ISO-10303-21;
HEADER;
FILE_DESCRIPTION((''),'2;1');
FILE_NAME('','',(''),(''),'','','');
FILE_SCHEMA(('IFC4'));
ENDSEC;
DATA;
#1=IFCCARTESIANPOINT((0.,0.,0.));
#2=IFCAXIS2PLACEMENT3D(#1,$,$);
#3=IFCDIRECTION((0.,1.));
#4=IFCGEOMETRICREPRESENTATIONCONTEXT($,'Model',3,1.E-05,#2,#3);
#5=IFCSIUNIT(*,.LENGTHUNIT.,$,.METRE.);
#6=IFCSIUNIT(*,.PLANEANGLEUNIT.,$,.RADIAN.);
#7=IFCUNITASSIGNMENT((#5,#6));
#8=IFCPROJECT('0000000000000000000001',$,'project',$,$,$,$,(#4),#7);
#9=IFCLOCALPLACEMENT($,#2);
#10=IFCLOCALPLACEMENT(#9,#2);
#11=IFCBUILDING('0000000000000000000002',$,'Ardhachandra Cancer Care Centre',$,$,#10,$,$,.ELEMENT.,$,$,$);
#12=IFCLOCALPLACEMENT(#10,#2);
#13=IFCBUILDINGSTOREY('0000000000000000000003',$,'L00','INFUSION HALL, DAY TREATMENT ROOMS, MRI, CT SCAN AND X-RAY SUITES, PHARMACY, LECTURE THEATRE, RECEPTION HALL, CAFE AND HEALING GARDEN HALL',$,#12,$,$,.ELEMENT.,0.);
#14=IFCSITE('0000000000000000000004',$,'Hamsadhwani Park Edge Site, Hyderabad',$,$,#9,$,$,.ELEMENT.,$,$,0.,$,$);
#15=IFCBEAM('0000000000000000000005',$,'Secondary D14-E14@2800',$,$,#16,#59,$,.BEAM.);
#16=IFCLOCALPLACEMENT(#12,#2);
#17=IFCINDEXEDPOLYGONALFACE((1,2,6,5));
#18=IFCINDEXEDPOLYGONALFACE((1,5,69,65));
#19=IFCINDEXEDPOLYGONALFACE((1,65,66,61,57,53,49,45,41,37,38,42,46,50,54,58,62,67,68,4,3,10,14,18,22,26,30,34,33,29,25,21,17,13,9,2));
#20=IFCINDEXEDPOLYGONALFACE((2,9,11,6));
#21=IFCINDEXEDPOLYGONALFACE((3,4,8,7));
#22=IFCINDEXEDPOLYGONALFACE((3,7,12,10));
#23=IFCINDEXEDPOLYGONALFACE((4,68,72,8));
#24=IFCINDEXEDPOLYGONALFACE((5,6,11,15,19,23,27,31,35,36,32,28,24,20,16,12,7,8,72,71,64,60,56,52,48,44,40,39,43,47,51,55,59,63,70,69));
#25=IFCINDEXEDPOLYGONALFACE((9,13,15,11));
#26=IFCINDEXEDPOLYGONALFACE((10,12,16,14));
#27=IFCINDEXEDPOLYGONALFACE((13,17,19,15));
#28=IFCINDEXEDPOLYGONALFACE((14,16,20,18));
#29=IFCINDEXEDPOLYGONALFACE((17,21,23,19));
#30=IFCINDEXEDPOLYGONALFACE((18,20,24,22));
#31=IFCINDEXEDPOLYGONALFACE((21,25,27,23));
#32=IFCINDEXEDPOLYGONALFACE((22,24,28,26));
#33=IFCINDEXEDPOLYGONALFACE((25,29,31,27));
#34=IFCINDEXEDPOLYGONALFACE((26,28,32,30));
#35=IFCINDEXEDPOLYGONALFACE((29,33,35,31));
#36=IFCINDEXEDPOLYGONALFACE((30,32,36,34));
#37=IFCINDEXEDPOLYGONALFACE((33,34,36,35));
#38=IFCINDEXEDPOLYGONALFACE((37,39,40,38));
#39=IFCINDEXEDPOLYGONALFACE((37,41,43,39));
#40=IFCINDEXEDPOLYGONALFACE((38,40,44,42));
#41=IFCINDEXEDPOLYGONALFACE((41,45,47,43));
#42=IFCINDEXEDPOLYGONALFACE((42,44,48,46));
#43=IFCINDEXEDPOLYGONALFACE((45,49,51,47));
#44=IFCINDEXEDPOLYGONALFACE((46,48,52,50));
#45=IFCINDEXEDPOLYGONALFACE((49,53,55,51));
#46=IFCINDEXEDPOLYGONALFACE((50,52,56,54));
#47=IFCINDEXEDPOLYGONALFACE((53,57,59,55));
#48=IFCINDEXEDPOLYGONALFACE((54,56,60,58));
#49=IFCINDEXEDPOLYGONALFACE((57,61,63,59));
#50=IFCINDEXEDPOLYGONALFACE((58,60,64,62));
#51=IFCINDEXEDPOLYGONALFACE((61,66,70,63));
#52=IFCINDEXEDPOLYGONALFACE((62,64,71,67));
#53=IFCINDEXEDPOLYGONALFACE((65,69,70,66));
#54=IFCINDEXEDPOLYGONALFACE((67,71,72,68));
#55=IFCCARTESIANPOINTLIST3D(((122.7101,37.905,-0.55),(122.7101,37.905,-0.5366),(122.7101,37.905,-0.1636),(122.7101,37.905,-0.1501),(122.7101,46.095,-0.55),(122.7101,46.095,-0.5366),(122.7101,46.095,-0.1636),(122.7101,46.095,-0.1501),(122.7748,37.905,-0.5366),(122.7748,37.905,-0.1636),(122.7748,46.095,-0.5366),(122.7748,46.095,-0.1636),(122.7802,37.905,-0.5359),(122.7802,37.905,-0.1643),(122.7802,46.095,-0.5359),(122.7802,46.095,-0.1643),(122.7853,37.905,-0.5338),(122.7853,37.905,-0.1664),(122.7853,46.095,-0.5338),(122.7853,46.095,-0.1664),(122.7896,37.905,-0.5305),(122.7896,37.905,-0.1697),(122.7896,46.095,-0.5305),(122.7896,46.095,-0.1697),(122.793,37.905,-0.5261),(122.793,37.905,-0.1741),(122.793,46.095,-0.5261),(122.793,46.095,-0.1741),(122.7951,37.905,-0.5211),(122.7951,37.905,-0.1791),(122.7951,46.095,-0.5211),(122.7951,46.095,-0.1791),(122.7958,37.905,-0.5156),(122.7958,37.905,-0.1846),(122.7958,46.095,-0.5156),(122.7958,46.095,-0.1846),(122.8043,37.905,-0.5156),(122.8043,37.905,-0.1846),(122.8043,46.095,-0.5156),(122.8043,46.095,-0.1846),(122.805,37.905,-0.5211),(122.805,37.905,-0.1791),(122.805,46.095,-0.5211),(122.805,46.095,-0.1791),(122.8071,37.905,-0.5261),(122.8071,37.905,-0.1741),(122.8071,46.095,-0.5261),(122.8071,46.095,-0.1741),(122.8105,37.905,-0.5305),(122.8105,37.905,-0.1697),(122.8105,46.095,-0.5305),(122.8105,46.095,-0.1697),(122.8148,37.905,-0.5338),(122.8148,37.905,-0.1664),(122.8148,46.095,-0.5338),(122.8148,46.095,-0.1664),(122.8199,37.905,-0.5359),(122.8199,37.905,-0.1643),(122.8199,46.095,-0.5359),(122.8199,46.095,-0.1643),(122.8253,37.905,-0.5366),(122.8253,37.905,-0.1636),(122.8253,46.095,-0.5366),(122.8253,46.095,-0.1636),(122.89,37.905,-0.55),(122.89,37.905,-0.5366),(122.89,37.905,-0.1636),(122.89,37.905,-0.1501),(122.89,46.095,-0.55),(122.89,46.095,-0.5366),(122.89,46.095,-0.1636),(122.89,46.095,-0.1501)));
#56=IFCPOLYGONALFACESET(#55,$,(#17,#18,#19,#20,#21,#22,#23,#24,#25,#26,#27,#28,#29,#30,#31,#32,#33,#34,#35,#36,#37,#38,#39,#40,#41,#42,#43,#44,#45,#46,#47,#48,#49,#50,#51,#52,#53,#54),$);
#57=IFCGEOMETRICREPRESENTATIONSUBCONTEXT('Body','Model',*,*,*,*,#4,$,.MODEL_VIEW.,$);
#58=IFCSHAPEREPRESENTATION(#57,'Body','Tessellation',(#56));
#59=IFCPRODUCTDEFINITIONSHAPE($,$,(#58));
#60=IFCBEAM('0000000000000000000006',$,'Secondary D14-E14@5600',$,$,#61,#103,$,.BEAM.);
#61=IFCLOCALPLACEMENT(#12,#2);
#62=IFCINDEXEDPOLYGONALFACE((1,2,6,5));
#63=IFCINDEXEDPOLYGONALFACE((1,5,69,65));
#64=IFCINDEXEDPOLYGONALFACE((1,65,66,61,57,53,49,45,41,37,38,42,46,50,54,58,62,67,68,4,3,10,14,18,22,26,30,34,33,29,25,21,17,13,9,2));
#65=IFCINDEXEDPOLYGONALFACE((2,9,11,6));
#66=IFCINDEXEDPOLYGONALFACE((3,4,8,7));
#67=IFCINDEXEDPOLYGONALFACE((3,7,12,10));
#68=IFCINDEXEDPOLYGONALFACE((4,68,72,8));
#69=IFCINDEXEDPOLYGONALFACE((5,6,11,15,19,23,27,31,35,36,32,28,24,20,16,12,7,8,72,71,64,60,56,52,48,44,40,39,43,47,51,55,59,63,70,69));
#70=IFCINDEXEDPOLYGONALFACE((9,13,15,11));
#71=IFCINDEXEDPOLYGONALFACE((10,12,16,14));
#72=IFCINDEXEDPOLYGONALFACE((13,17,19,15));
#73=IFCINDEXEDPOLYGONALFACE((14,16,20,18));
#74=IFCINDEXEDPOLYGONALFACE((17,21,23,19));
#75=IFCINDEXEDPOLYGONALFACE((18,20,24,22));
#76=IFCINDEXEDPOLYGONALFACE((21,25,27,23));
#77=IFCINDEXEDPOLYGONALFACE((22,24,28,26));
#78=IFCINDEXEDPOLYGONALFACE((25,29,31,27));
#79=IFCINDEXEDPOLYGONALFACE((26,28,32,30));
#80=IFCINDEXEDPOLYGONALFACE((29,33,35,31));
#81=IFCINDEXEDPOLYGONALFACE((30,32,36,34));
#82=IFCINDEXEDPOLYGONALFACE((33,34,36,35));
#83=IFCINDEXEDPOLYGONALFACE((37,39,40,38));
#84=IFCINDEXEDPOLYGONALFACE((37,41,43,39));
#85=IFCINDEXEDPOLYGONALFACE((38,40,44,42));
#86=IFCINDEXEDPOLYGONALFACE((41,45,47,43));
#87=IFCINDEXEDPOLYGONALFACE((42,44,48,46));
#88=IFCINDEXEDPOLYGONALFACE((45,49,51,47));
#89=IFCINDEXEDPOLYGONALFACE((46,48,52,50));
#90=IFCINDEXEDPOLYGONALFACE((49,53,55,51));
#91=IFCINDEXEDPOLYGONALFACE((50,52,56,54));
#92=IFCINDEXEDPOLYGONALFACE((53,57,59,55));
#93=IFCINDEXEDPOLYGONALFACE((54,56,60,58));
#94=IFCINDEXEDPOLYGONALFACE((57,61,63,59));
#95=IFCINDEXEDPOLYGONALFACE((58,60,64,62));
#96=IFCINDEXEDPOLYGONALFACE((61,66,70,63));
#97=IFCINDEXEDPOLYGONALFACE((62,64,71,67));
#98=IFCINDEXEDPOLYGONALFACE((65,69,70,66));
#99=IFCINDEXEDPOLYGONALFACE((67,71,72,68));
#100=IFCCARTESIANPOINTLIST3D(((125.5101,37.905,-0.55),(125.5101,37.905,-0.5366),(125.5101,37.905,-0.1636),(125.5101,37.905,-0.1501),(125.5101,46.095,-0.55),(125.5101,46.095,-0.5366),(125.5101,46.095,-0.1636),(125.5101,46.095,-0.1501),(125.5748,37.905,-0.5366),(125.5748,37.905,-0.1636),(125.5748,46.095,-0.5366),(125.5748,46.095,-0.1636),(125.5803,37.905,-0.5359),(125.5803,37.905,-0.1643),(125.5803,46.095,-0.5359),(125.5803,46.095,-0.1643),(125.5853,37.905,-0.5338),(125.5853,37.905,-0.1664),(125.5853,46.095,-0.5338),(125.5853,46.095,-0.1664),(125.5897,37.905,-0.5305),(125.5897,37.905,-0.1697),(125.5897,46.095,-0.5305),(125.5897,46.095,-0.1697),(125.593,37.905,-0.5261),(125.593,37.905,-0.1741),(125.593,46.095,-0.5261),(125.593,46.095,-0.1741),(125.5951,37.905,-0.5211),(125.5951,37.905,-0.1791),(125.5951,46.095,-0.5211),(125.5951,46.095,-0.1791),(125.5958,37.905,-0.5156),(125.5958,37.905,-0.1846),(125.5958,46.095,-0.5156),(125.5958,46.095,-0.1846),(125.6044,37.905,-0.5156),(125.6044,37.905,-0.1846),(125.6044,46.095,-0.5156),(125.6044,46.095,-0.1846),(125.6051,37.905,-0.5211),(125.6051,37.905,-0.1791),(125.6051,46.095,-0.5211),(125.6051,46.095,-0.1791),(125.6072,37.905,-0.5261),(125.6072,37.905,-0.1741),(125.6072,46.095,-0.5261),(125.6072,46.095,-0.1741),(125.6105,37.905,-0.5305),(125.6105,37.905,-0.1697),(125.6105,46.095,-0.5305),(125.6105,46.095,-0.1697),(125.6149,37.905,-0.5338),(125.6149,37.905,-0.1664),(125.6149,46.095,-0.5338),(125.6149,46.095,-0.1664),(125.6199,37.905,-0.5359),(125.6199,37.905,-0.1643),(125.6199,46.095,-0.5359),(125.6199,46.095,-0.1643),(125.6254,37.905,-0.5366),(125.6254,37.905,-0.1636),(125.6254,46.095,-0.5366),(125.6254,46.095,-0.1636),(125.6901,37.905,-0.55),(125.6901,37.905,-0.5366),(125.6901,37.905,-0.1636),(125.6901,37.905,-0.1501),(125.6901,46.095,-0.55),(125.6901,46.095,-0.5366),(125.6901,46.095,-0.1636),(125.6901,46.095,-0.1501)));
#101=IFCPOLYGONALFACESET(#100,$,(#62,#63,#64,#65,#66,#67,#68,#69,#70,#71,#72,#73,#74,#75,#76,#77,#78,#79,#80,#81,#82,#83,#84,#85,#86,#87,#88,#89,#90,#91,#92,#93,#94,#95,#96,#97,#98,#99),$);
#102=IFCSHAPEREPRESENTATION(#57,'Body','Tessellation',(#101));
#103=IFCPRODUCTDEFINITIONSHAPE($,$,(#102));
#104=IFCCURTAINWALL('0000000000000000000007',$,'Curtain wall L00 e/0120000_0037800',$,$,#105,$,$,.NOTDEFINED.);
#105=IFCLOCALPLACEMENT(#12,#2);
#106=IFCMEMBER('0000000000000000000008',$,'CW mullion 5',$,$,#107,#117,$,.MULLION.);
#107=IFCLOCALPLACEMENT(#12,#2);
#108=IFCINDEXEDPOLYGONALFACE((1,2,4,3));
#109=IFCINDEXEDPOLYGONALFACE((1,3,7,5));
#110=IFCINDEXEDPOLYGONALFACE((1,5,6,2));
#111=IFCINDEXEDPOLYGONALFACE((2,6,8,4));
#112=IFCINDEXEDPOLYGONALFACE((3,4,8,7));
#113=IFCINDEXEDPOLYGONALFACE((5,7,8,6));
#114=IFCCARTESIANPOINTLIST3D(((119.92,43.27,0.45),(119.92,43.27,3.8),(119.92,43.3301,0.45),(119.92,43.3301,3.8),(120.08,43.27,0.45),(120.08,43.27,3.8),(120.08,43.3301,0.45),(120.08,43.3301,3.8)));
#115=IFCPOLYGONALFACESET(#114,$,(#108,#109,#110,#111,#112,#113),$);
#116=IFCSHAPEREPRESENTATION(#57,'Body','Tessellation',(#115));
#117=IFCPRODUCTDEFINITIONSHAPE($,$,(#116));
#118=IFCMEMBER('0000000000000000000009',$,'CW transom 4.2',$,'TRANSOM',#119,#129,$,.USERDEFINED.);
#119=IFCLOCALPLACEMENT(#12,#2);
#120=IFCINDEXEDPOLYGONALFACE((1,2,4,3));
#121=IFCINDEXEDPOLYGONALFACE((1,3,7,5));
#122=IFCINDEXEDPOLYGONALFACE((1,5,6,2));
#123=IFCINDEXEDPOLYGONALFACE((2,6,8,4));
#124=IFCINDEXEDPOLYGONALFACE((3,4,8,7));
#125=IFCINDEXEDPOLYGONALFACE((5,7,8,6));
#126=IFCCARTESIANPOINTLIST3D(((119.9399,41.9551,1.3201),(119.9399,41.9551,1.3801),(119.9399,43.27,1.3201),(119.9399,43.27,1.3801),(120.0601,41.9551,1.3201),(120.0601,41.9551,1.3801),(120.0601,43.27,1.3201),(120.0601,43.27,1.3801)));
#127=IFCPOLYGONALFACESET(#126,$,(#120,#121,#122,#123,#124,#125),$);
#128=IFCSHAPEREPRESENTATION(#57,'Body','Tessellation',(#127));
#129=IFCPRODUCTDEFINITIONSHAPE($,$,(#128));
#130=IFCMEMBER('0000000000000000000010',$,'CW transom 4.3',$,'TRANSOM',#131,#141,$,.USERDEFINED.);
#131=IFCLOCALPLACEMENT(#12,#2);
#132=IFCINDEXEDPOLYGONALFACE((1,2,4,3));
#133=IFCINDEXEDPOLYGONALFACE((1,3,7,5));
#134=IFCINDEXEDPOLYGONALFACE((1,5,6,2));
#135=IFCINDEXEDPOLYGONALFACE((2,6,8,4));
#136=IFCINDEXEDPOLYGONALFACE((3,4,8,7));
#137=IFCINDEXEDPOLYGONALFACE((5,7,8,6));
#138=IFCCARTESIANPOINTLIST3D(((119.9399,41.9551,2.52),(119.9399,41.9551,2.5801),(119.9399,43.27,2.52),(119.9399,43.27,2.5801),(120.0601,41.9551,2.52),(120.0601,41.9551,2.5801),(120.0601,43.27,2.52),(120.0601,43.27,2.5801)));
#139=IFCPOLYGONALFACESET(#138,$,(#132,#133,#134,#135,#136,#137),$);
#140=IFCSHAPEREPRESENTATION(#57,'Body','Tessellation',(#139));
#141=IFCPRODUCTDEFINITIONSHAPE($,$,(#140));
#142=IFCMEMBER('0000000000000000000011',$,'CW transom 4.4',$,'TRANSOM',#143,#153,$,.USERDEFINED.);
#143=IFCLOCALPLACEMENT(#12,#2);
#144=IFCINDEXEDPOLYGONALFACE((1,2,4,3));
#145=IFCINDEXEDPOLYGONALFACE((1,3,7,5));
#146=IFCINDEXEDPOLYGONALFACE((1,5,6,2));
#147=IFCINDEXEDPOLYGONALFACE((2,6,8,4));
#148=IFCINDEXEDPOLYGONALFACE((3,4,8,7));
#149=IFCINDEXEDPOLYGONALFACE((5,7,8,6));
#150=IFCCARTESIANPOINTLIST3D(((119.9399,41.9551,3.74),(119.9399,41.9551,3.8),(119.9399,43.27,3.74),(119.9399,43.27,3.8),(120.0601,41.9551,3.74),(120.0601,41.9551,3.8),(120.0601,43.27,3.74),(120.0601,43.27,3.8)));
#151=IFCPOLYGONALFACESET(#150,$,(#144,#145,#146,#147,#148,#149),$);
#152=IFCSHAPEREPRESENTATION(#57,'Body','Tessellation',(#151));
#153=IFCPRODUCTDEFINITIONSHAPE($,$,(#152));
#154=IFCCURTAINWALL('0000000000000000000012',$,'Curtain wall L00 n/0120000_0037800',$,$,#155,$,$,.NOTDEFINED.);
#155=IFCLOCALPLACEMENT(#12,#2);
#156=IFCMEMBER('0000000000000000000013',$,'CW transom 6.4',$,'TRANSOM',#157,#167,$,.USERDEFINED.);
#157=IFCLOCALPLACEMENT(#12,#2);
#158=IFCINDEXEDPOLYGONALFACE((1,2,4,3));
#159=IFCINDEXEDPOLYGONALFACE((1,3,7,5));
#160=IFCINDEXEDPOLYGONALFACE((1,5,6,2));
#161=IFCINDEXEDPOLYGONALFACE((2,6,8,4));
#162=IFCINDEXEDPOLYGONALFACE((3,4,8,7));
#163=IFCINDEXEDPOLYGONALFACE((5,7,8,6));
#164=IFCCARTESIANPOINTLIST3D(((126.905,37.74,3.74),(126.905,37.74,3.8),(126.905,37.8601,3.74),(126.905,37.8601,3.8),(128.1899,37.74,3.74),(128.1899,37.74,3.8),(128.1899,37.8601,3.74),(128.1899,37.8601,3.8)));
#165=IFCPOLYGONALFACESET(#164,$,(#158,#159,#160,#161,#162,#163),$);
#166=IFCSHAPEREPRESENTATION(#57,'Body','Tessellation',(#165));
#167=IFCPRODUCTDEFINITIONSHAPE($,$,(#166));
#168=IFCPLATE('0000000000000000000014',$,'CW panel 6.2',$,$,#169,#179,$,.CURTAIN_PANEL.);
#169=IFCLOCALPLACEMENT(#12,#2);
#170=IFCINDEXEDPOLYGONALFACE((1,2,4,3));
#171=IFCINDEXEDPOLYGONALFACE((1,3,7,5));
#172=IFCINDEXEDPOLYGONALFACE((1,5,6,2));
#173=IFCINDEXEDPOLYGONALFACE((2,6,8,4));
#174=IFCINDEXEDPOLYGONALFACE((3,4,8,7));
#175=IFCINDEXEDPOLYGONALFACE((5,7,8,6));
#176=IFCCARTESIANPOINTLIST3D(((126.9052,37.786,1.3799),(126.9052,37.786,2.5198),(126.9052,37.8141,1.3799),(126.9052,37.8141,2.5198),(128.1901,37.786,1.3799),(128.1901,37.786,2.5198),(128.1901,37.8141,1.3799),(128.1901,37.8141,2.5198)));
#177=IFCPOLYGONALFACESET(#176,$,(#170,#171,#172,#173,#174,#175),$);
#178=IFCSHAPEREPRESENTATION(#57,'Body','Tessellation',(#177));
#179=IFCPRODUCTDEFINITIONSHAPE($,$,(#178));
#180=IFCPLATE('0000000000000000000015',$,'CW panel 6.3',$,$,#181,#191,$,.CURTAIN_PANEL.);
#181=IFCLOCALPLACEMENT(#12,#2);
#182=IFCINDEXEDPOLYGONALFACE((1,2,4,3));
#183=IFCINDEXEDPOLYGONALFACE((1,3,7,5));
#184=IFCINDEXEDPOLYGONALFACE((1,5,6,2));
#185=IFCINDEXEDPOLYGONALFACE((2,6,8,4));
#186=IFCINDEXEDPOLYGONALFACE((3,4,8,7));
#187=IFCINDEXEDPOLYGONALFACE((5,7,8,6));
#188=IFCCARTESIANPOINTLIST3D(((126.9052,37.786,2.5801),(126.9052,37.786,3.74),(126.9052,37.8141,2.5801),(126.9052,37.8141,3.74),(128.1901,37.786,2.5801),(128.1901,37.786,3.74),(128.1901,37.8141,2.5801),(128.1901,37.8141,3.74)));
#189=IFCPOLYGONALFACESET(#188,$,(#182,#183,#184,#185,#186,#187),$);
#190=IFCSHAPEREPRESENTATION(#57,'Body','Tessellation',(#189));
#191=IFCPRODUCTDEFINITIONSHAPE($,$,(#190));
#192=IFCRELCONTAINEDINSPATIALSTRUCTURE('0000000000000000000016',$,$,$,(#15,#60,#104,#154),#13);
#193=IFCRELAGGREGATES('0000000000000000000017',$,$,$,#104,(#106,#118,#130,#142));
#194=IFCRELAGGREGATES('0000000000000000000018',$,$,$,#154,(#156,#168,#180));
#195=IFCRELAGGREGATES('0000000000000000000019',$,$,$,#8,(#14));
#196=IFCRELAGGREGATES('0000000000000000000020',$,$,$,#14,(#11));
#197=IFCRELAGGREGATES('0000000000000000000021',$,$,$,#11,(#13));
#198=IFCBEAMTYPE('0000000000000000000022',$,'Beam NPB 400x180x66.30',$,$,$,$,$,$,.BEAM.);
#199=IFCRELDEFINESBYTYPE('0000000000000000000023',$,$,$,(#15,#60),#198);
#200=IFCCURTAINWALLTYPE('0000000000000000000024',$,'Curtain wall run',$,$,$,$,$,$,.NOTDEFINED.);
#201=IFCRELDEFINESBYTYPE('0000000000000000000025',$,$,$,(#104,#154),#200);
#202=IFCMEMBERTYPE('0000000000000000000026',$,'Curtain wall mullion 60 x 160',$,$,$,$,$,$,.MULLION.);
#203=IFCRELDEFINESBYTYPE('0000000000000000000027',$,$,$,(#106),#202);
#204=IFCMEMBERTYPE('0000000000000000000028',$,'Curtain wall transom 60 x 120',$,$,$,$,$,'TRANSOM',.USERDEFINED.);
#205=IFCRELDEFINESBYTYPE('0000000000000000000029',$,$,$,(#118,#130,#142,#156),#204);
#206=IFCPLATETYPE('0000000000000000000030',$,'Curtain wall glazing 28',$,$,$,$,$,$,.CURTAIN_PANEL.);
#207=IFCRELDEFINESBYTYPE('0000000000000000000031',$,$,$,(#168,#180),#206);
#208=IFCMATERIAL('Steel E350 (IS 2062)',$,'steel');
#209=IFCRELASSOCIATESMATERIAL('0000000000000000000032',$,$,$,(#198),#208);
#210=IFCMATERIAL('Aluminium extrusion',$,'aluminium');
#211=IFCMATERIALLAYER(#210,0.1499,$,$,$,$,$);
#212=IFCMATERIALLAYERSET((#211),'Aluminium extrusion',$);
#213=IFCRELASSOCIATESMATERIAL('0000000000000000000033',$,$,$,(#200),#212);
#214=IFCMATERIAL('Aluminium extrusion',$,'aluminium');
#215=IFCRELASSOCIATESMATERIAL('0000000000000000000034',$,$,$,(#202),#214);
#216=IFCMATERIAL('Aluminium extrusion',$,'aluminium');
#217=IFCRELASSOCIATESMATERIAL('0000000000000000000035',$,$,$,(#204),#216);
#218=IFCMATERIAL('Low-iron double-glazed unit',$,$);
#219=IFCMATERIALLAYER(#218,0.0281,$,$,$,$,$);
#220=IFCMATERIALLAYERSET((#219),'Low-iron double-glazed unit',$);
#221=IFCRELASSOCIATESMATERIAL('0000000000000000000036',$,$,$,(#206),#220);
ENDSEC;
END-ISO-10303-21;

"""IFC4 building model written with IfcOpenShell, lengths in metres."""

from ifc_helpers import new_model, si_unit, direction, frame, origin, origin_2d, place, context, subcontext, project, spatial, rectangle, i_section, extrude, material, layer, layer_set, material_profile, profile_set, type_object, element, aggregate, save


model = new_model("IFC4")

# Units and contexts
model_context = context("Model", 3, precision=1e-05, world=origin(), true_north=direction((0.0, 1.0)))
body_context = subcontext(model_context, "Body", "Model", "MODEL_VIEW")
ifc_project = project(units=[si_unit("LENGTHUNIT", "METRE"), si_unit("PLANEANGLEUNIT", "RADIAN")], contexts=[model_context])

# Site, building, storey
site_placement = place(None, origin())
site = spatial("IfcSite", under=ifc_project, at=site_placement, Name="Hamsadhwani Park Edge Site, Hyderabad", CompositionType="ELEMENT", RefElevation=0.0)
building_placement = place(site_placement, origin())
building = spatial("IfcBuilding", under=site, at=building_placement, Name="Ardhachandra Cancer Care Centre", CompositionType="ELEMENT")
storey_placement = place(building_placement, origin())
storey = spatial("IfcBuildingStorey", under=building, at=storey_placement, Name="L00", Description="INFUSION HALL, DAY TREATMENT ROOMS, MRI, CT SCAN AND X-RAY SUITES, PHARMACY, LECTURE THEATRE, RECEPTION HALL, CAFE AND HEALING GARDEN HALL", CompositionType="ELEMENT", Elevation=0.0)

# Beams
ifc_material_1 = material(Name="Steel E350 (IS 2062)", Category="steel")
ifc_material_profile_1 = material_profile(ifc_material_1, i_section(OverallWidth=0.1799, OverallDepth=0.3999, WebThickness=0.0085, FlangeThickness=0.0134, FilletRadius=0.021, at=origin_2d()), Name="NPB 400x180x66.30")
ifc_profile_set_1 = profile_set([ifc_material_profile_1], Name="Steel E350 (IS 2062)")
beam_type = type_object("IfcBeamType", Name="Beam NPB 400x180x66.30", PredefinedType="BEAM", material=ifc_profile_set_1)
for number, where, z_axis, x_axis, name in (
    (1, (122.8, 37.905, -0.3501), (0.0, 1.0, 0.0), (-1.0, 0.0, 0.0), "Secondary D14-E14@2800"),
    (2, (125.6001, 37.905, -0.3501), (0.0, 1.0, 0.0), (-1.0, 0.0, 0.0), "Secondary D14-E14@5600"),
):
    element("IfcBeam", number, at=place(storey_placement, frame(where, z_axis=z_axis, x_axis=x_axis)), inside=storey, type_object=beam_type, Name=name, PredefinedType="BEAM", context=body_context, shape_type="SweptSolid", body=[
        extrude(i_section(OverallWidth=0.1799, OverallDepth=0.3999, WebThickness=0.0085, FlangeThickness=0.0134, FilletRadius=0.021, at=origin_2d()), origin(), (0.0, 0.0, 1.0), 8.1899),
    ])

# Curtain wall, members
ifc_material_2 = material(Name="Aluminium extrusion", Category="aluminium")
ifc_layer_1 = layer(ifc_material_2, 0.1499)
ifc_layer_set_1 = layer_set([ifc_layer_1], Name="Aluminium extrusion")
curtain_wall_type = type_object("IfcCurtainWallType", Name="Curtain wall run", PredefinedType="NOTDEFINED", material=ifc_layer_set_1)
curtain_wall_1_placement = place(storey_placement, origin())
curtain_wall_1 = element("IfcCurtainWall", 3, at=curtain_wall_1_placement, inside=storey, type_object=curtain_wall_type, Name="Curtain wall L00 e/0120000_0037800", PredefinedType="NOTDEFINED")
ifc_material_3 = material(Name="Aluminium extrusion", Category="aluminium")
ifc_material_profile_2 = material_profile(ifc_material_3, rectangle(XDim=0.1599, YDim=0.0601, at=origin_2d()), Name="Curtain wall mullion 60 x 160")
ifc_profile_set_2 = profile_set([ifc_material_profile_2], Name="Aluminium extrusion")
member_type_1 = type_object("IfcMemberType", Name="Curtain wall mullion 60 x 160", PredefinedType="MULLION", material=ifc_profile_set_2)
member_1_placement = place(storey_placement, frame((120.0, 43.3, 0.45), z_axis=(0.0, 0.0, 1.0), x_axis=(-1.0, 0.0, 0.0)))
member_1 = element("IfcMember", 4, at=member_1_placement, type_object=member_type_1, Name="CW mullion 5", PredefinedType="MULLION", context=body_context, shape_type="SweptSolid", body=[
    extrude(rectangle(XDim=0.1599, YDim=0.0601, at=origin_2d()), origin(), (0.0, 0.0, 1.0), 3.3501),
])
ifc_material_4 = material(Name="Aluminium extrusion", Category="aluminium")
ifc_material_profile_3 = material_profile(ifc_material_4, rectangle(XDim=0.1201, YDim=0.0601, at=origin_2d()), Name="Curtain wall transom 60 x 120")
ifc_profile_set_3 = profile_set([ifc_material_profile_3], Name="Aluminium extrusion")
member_type_2 = type_object("IfcMemberType", Name="Curtain wall transom 60 x 120", ElementType="TRANSOM", PredefinedType="USERDEFINED", material=ifc_profile_set_3)
member_2_placement = place(storey_placement, frame((120.0, 41.9551, 1.3501), z_axis=(0.0, 1.0, 0.0), x_axis=(-1.0, 0.0, 0.0)))
member_2 = element("IfcMember", 5, at=member_2_placement, type_object=member_type_2, Name="CW transom 4.2", ObjectType="TRANSOM", PredefinedType="USERDEFINED", context=body_context, shape_type="SweptSolid", body=[
    extrude(rectangle(XDim=0.1201, YDim=0.0601, at=origin_2d()), origin(), (0.0, 0.0, 1.0), 1.3149),
])
member_3_placement = place(storey_placement, frame((120.0, 41.9551, 2.55), z_axis=(0.0, 1.0, 0.0), x_axis=(-1.0, 0.0, 0.0)))
member_3 = element("IfcMember", 6, at=member_3_placement, type_object=member_type_2, Name="CW transom 4.3", ObjectType="TRANSOM", PredefinedType="USERDEFINED", context=body_context, shape_type="SweptSolid", body=[
    extrude(rectangle(XDim=0.1201, YDim=0.0601, at=origin_2d()), origin(), (0.0, 0.0, 1.0), 1.3149),
])
member_4_placement = place(storey_placement, frame((120.0, 41.9551, 3.77), z_axis=(0.0, 1.0, 0.0), x_axis=(-1.0, 0.0, 0.0)))
member_4 = element("IfcMember", 7, at=member_4_placement, type_object=member_type_2, Name="CW transom 4.4", ObjectType="TRANSOM", PredefinedType="USERDEFINED", context=body_context, shape_type="SweptSolid", body=[
    extrude(rectangle(XDim=0.1201, YDim=0.0601, at=origin_2d()), origin(), (0.0, 0.0, 1.0), 1.3149),
])

# Curtain wall, member, plates
curtain_wall_2_placement = place(storey_placement, origin())
curtain_wall_2 = element("IfcCurtainWall", 8, at=curtain_wall_2_placement, inside=storey, type_object=curtain_wall_type, Name="Curtain wall L00 n/0120000_0037800", PredefinedType="NOTDEFINED")
member_5_placement = place(storey_placement, frame((126.905, 37.8, 3.77), z_axis=(1.0, 0.0, 0.0), x_axis=(0.0, 1.0, 0.0)))
member_5 = element("IfcMember", 9, at=member_5_placement, type_object=member_type_2, Name="CW transom 6.4", ObjectType="TRANSOM", PredefinedType="USERDEFINED", context=body_context, shape_type="SweptSolid", body=[
    extrude(rectangle(XDim=0.1201, YDim=0.0601, at=origin_2d()), origin(), (0.0, 0.0, 1.0), 1.2849),
])
ifc_material_5 = material(Name="Low-iron double-glazed unit")
ifc_layer_2 = layer(ifc_material_5, 0.0281)
ifc_layer_set_2 = layer_set([ifc_layer_2], Name="Low-iron double-glazed unit")
plate_type_1 = type_object("IfcPlateType", Name="Curtain wall glazing 28", PredefinedType="CURTAIN_PANEL", material=ifc_layer_set_2)
plate_1_placement = place(storey_placement, frame((127.5476, 37.8, 1.3799), z_axis=(0.0, 0.0, 1.0), x_axis=(1.0, 0.0, 0.0)))
plate_1 = element("IfcPlate", 10, at=plate_1_placement, type_object=plate_type_1, Name="CW panel 6.2", PredefinedType="CURTAIN_PANEL", context=body_context, shape_type="SweptSolid", body=[
    extrude(rectangle(XDim=1.2849, YDim=0.0281, at=origin_2d()), origin(), (0.0, 0.0, 1.0), 1.1399),
])
plate_2_placement = place(storey_placement, frame((127.5476, 37.8, 2.5801), z_axis=(0.0, 0.0, 1.0), x_axis=(1.0, 0.0, 0.0)))
plate_2 = element("IfcPlate", 11, at=plate_2_placement, type_object=plate_type_1, Name="CW panel 6.3", PredefinedType="CURTAIN_PANEL", context=body_context, shape_type="SweptSolid", body=[
    extrude(rectangle(XDim=1.2849, YDim=0.0281, at=origin_2d()), origin(), (0.0, 0.0, 1.0), 1.1599),
])

aggregate(curtain_wall_1, [member_1, member_2, member_3, member_4])
aggregate(curtain_wall_2, [member_5, plate_1, plate_2])

save(model, "model.ifc")
